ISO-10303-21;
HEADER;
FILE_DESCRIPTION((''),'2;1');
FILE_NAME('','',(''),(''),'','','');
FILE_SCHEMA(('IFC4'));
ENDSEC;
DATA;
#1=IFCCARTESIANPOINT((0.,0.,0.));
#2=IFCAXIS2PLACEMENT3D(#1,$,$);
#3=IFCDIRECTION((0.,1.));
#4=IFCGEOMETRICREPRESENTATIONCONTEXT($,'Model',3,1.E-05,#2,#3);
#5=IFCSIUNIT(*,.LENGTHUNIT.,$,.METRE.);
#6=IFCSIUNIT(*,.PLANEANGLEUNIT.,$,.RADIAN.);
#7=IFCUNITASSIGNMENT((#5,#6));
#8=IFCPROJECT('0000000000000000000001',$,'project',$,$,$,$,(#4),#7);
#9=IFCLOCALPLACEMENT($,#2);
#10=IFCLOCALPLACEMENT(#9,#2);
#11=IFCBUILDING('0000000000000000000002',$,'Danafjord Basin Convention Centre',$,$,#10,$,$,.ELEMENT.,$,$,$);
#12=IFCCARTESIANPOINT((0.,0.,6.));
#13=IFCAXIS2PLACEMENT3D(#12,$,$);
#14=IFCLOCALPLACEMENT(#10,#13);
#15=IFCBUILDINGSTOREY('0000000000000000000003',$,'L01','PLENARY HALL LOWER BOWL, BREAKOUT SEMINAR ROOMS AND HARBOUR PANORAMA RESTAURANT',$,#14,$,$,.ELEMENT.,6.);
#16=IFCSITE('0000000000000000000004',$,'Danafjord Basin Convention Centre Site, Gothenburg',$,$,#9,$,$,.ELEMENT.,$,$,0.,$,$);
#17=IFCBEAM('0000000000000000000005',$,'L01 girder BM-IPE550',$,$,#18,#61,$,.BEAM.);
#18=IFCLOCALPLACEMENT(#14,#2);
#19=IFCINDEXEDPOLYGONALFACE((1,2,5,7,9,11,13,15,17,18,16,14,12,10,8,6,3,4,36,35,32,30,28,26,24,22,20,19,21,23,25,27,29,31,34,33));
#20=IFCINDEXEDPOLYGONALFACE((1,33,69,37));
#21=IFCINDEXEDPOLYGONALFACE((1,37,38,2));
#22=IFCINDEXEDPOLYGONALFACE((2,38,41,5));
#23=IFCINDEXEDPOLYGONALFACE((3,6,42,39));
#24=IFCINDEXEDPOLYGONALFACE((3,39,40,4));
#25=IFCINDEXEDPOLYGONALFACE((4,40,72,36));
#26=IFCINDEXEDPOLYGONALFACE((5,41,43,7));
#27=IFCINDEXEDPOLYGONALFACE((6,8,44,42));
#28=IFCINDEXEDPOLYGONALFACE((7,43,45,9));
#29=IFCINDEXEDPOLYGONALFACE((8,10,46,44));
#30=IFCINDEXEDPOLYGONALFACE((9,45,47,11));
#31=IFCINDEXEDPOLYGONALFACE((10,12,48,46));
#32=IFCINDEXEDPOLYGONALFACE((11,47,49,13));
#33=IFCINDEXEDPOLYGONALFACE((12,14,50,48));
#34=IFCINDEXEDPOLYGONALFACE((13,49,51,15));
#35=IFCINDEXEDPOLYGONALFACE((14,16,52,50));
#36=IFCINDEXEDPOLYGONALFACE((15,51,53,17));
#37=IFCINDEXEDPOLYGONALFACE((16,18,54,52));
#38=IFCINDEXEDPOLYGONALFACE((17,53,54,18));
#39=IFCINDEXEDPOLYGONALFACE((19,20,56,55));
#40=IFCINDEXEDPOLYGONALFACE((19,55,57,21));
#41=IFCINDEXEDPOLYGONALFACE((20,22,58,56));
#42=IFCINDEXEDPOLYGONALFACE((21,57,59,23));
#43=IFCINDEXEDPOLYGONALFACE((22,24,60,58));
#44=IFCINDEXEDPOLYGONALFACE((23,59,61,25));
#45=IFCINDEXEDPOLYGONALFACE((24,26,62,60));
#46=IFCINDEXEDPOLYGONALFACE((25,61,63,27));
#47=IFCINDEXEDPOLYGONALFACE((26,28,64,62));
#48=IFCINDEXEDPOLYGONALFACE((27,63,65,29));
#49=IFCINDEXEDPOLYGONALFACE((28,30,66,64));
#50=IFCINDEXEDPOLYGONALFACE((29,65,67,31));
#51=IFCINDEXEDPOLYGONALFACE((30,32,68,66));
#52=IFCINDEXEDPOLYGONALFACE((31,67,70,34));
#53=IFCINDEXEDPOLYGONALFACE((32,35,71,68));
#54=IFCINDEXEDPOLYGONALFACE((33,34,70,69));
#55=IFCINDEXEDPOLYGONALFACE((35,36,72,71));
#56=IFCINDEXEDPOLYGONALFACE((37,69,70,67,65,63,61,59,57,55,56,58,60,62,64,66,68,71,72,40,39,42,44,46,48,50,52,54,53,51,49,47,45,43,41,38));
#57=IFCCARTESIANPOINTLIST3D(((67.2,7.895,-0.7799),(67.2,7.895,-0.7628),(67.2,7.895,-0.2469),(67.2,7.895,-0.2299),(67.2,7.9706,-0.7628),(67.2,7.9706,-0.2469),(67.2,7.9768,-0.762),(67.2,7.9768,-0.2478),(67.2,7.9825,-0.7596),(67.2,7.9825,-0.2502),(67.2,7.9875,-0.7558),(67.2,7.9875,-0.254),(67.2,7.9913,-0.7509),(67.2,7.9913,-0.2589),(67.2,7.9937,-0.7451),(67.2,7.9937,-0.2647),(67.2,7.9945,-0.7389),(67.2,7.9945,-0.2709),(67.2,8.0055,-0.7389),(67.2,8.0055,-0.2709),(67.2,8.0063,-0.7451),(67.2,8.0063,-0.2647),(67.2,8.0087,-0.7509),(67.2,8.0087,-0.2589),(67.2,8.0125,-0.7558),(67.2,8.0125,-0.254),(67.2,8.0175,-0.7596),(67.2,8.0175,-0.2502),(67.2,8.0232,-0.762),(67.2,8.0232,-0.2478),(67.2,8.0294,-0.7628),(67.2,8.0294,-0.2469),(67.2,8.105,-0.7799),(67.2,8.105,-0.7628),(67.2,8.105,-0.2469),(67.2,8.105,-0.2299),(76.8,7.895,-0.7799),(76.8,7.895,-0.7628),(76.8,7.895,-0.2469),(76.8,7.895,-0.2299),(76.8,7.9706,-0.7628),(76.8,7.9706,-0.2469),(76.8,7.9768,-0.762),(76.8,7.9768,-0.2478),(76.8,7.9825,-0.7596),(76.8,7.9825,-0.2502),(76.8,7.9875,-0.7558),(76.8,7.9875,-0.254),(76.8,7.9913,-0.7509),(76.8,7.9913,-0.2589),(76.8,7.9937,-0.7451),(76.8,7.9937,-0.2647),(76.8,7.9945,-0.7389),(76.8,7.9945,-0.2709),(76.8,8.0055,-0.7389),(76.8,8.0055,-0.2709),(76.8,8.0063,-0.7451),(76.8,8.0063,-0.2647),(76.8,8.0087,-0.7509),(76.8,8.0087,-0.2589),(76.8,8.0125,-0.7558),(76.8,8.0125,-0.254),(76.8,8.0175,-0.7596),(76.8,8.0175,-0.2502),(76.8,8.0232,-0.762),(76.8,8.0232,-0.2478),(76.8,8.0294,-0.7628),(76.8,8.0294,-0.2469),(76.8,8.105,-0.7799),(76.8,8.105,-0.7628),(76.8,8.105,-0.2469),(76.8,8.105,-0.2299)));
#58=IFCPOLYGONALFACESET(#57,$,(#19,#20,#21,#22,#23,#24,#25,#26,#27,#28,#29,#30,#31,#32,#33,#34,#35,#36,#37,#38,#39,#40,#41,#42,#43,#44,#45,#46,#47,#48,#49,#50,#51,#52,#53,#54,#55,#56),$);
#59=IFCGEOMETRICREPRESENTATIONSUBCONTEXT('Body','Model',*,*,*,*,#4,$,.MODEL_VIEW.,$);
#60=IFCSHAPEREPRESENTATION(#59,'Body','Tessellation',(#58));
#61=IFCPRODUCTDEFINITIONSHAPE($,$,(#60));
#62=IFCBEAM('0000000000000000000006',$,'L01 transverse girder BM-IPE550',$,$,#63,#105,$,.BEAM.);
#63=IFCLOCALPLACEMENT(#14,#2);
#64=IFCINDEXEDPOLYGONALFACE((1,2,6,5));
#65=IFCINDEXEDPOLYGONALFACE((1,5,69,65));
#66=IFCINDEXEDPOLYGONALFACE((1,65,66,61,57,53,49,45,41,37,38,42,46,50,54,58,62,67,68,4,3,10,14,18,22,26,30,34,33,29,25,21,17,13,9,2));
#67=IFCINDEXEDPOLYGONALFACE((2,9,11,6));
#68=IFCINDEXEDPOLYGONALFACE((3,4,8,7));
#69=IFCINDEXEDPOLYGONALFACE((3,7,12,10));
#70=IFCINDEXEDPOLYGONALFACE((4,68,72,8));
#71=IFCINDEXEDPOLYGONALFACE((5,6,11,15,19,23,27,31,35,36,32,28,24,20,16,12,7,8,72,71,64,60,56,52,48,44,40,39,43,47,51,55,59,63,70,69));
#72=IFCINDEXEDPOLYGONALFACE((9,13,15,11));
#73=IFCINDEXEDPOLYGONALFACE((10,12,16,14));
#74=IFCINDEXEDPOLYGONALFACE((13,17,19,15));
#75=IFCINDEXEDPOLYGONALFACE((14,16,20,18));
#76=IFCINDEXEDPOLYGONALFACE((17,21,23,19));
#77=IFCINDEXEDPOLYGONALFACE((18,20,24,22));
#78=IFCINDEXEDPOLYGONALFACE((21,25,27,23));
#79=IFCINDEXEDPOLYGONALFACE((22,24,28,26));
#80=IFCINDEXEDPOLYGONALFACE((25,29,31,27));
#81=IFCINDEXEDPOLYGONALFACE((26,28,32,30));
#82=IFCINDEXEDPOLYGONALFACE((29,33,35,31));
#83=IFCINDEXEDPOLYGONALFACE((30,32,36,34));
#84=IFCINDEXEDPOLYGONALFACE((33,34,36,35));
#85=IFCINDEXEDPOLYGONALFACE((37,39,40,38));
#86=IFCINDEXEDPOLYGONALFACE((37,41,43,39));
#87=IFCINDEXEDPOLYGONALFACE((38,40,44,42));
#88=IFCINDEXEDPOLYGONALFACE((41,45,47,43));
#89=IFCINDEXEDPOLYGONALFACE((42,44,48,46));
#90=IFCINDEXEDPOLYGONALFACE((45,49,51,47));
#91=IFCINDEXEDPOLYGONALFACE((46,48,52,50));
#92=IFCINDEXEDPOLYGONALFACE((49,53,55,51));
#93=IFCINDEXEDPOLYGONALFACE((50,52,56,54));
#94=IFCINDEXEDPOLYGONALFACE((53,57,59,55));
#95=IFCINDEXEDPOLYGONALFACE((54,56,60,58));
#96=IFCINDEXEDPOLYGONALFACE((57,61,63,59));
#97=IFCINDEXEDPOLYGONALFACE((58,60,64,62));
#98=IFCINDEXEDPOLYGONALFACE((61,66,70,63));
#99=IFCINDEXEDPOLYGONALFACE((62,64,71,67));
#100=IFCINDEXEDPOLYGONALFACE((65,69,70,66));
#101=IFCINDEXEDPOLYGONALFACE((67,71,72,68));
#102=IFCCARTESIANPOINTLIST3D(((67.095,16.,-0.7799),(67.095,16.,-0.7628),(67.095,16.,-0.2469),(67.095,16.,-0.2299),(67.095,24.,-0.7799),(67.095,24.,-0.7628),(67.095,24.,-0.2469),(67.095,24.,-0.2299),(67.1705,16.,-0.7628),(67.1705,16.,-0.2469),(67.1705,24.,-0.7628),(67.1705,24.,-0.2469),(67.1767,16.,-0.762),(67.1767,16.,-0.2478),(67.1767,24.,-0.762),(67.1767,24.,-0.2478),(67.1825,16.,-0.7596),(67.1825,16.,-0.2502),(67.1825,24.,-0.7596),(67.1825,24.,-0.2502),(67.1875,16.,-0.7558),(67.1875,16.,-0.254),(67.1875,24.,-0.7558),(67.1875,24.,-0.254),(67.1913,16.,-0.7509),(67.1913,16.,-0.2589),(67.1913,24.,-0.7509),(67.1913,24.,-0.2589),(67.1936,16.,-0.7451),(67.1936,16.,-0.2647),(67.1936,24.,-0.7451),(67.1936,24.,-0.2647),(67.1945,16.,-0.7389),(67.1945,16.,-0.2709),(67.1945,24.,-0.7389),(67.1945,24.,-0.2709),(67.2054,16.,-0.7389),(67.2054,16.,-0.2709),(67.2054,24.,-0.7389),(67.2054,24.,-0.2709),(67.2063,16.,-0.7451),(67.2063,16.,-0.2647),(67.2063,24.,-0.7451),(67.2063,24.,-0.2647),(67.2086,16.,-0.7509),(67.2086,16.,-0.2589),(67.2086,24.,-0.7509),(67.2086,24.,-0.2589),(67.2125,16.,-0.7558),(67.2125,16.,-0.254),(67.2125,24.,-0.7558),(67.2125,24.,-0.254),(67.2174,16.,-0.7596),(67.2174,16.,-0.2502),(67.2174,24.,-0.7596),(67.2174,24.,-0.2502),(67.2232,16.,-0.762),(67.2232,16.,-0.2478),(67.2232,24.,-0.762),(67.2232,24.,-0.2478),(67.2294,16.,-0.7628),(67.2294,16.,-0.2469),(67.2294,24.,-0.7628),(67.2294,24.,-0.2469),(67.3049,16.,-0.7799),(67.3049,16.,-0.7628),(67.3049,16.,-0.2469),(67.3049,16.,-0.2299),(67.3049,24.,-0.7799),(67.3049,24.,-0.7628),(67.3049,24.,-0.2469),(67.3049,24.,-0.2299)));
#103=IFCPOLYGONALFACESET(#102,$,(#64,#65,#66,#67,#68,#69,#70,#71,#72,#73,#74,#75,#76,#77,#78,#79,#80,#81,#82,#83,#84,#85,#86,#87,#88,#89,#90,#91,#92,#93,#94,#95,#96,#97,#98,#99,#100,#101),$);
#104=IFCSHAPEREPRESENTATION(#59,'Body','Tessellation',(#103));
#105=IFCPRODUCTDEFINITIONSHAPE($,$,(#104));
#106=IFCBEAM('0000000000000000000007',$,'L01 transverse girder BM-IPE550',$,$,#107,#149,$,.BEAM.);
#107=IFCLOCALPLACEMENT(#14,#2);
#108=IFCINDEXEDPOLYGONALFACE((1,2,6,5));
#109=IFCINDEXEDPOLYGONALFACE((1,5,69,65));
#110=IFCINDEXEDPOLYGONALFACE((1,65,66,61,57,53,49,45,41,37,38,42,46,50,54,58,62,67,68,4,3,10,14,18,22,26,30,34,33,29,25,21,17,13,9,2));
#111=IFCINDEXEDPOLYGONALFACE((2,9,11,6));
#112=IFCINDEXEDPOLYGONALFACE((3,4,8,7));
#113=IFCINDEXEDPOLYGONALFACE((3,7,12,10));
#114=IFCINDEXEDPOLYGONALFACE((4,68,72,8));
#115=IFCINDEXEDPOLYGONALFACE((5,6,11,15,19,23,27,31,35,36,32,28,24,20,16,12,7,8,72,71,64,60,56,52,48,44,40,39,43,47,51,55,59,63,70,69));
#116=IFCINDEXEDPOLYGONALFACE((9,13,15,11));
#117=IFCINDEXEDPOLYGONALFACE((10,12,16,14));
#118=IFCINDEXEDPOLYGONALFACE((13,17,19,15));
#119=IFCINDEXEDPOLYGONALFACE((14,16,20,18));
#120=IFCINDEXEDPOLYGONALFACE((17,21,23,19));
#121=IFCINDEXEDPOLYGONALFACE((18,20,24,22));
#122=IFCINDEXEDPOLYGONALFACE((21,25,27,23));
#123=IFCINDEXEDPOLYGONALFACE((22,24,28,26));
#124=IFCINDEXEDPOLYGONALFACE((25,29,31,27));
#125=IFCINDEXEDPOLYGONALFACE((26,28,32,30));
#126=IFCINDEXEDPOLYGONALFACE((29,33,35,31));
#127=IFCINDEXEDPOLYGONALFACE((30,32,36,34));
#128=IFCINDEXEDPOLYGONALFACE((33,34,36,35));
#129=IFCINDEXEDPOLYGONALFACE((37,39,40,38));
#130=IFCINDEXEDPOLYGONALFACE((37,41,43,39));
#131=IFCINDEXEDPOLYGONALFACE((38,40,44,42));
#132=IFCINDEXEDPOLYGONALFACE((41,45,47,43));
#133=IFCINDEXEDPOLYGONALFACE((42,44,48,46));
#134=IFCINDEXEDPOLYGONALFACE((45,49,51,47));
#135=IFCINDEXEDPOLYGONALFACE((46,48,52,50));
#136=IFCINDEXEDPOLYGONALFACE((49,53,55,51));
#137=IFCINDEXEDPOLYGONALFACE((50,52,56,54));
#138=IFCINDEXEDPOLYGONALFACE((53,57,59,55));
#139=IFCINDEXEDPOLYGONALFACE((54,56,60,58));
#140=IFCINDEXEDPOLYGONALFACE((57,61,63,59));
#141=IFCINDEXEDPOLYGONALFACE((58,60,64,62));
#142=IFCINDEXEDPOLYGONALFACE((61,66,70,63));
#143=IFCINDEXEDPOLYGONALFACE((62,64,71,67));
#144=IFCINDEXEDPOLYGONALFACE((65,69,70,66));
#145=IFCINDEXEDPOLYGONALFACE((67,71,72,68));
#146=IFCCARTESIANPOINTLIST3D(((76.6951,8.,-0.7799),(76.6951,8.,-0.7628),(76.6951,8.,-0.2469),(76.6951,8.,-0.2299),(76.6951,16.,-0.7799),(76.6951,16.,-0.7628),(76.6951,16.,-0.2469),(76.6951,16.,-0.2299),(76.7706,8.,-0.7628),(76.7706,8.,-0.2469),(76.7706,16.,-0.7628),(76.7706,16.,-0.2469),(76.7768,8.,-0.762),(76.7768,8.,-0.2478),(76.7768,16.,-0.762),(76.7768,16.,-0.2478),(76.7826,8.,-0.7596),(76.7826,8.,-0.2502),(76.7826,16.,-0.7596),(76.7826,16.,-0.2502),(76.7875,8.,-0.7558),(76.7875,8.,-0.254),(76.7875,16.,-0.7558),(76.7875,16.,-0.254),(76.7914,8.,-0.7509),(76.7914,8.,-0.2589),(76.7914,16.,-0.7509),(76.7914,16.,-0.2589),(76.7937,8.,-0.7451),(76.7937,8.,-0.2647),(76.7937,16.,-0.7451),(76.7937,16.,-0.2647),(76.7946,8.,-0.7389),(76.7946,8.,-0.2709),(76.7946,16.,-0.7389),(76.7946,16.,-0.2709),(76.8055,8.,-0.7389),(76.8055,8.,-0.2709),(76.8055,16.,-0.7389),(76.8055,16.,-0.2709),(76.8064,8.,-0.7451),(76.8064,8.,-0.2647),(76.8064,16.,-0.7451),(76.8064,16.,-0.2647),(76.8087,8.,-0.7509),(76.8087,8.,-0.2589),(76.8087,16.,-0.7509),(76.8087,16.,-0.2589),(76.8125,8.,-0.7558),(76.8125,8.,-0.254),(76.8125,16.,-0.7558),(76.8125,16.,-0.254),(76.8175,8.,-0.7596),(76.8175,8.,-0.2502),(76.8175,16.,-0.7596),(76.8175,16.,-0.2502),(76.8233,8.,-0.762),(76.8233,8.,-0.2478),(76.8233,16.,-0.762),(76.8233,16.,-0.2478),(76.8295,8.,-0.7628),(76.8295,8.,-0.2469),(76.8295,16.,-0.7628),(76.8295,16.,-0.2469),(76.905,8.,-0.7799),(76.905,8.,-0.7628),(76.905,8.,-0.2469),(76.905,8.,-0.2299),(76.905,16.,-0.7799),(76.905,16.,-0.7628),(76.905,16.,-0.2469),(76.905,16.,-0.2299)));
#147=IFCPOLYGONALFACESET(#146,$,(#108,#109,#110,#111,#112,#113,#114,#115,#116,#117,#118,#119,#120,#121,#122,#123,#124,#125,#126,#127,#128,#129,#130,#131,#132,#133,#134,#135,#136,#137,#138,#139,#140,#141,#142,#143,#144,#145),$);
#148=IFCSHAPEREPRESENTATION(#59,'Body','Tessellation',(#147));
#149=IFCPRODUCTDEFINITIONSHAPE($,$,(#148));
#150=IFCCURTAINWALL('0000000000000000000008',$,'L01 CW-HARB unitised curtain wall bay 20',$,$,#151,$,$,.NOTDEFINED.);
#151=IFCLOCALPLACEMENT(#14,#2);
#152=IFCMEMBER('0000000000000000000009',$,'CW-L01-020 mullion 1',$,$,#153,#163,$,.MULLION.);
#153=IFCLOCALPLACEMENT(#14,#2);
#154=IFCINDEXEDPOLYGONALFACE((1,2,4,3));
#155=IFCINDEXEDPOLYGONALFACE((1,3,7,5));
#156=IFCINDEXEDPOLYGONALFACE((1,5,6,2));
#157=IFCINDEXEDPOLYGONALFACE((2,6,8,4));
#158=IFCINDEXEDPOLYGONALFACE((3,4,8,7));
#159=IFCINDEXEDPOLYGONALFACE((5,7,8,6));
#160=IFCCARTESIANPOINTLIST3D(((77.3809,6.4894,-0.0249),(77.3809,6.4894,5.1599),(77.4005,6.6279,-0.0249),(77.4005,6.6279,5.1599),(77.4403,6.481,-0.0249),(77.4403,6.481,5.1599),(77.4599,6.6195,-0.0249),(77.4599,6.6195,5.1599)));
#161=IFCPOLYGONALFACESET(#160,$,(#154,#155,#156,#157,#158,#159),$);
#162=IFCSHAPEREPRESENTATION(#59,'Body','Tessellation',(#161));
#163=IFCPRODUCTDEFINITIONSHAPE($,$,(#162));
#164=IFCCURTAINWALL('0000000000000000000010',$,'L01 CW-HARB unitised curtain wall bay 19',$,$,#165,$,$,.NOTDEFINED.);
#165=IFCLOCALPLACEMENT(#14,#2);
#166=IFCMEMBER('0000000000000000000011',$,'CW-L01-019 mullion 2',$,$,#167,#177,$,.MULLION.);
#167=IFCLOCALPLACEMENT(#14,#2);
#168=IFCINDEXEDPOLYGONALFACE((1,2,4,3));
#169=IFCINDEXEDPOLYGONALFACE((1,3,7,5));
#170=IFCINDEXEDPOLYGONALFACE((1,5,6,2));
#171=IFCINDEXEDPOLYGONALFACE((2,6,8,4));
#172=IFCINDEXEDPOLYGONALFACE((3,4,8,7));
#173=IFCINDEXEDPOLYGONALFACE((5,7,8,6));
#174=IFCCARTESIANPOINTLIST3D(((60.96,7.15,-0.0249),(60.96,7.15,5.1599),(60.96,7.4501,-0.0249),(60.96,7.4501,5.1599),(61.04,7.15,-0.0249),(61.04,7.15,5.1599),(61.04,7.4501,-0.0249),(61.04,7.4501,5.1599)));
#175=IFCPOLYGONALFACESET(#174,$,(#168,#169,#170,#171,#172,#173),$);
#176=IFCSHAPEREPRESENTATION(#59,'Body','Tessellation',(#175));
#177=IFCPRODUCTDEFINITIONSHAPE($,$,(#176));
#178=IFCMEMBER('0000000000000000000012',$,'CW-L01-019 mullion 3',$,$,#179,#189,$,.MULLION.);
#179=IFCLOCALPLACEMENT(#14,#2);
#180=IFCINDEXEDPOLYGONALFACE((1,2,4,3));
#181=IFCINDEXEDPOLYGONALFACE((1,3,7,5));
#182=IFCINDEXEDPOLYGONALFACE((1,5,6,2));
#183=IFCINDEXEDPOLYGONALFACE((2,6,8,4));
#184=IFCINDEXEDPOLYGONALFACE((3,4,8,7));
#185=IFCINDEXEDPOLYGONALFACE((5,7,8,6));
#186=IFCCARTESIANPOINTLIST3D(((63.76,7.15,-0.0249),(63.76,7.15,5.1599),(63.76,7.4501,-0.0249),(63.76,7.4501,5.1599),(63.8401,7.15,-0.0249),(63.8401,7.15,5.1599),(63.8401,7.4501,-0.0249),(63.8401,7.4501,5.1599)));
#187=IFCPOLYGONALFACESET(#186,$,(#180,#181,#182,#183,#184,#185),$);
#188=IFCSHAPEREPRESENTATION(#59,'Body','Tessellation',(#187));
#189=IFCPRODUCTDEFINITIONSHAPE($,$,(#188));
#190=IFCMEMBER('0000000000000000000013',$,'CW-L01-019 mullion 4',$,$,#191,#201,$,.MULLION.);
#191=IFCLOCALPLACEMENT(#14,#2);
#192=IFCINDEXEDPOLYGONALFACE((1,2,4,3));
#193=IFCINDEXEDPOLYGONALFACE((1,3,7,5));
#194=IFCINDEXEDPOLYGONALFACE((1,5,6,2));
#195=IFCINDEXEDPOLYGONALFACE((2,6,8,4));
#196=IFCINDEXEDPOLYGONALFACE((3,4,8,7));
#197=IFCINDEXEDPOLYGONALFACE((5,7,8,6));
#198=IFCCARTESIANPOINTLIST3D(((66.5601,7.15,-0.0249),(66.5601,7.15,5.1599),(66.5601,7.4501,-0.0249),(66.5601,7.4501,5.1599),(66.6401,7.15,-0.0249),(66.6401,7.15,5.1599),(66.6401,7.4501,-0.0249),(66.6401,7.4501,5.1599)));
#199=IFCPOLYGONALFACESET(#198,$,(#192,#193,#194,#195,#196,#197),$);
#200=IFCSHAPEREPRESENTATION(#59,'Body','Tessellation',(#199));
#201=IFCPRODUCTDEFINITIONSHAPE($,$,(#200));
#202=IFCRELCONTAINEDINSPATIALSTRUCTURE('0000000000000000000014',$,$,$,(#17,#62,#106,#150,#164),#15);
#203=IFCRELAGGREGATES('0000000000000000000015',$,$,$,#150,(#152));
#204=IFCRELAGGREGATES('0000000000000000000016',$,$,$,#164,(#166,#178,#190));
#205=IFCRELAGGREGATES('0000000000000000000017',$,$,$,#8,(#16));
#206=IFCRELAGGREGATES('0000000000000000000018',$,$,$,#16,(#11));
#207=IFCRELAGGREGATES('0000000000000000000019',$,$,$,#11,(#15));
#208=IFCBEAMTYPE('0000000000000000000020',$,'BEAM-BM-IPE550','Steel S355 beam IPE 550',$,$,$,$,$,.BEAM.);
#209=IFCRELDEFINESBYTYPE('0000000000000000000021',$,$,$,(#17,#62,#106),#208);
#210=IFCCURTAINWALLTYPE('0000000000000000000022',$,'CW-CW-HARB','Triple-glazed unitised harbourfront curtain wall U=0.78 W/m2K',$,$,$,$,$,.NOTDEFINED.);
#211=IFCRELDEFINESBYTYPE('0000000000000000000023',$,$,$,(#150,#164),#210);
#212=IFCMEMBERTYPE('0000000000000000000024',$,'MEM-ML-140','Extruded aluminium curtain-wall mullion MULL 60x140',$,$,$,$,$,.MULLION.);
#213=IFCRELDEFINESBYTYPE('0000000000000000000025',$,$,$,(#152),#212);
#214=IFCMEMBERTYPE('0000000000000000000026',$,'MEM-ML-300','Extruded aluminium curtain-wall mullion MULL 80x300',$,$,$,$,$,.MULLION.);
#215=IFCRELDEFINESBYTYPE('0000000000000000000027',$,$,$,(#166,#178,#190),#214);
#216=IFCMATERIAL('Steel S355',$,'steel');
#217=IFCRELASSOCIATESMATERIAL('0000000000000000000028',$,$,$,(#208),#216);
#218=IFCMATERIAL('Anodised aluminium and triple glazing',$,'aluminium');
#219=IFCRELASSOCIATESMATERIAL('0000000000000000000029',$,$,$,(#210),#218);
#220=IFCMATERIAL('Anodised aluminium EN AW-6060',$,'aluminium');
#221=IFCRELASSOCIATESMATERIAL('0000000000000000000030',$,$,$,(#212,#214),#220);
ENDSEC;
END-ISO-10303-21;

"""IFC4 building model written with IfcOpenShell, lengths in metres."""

from ifc_helpers import new_model, si_unit, direction, frame, origin, origin_2d, place, context, subcontext, project, spatial, rectangle, i_section, extrude, material, material_profile, profile_set, type_object, element, aggregate, save


model = new_model("IFC4")

# Units and contexts
model_context = context("Model", 3, precision=1e-05, world=origin(), true_north=direction((0.0, 1.0)))
body_context = subcontext(model_context, "Body", "Model", "MODEL_VIEW")
ifc_project = project(units=[si_unit("LENGTHUNIT", "METRE"), si_unit("PLANEANGLEUNIT", "RADIAN")], contexts=[model_context])

# Site, building, storey
site_placement = place(None, origin())
site = spatial("IfcSite", under=ifc_project, at=site_placement, Name="Danafjord Basin Convention Centre Site, Gothenburg", CompositionType="ELEMENT", RefElevation=0.0)
building_placement = place(site_placement, origin())
building = spatial("IfcBuilding", under=site, at=building_placement, Name="Danafjord Basin Convention Centre", CompositionType="ELEMENT")
storey_placement = place(building_placement, frame((0.0, 0.0, 6.0)))
storey = spatial("IfcBuildingStorey", under=building, at=storey_placement, Name="L01", Description="PLENARY HALL LOWER BOWL, BREAKOUT SEMINAR ROOMS AND HARBOUR PANORAMA RESTAURANT", CompositionType="ELEMENT", Elevation=6.0)

# Shared definitions
ifc_material_1 = material(Name="Steel S355", Category="steel")

# Beams
ifc_material_profile_1 = material_profile(ifc_material_1, i_section(OverallWidth=0.21, OverallDepth=0.55, WebThickness=0.011, FlangeThickness=0.0171, FilletRadius=0.0239, at=origin_2d()), Name="IPE 550")
ifc_profile_set_1 = profile_set([ifc_material_profile_1], Name="Steel S355")
beam_type_1 = type_object("IfcBeamType", Name="BEAM-BM-IPE550", Description="Steel S355 beam IPE 550", PredefinedType="BEAM", material=ifc_profile_set_1)
beam_1_placement = place(storey_placement, frame((67.2, 8.0, -0.5049), z_axis=(1.0, 0.0, 0.0), x_axis=(0.0, 1.0, 0.0)))
element("IfcBeam", 1, at=beam_1_placement, inside=storey, type_object=beam_type_1, Name="L01 girder BM-IPE550", PredefinedType="BEAM", context=body_context, shape_type="SweptSolid", body=[
    extrude(i_section(OverallWidth=0.21, OverallDepth=0.55, WebThickness=0.011, FlangeThickness=0.0171, FilletRadius=0.0239, at=origin_2d()), origin(), (0.0, 0.0, 1.0), 9.6001),
])
for number, where, z_axis, x_axis, name in (
    (2, (67.2, 16.0, -0.5049), (0.0, 1.0, 0.0), (-1.0, 0.0, 0.0), "L01 transverse girder BM-IPE550"),
    (3, (76.8, 8.0, -0.5049), (0.0, 1.0, 0.0), (-1.0, 0.0, 0.0), "L01 transverse girder BM-IPE550"),
):
    element("IfcBeam", number, at=place(storey_placement, frame(where, z_axis=z_axis, x_axis=x_axis)), inside=storey, type_object=beam_type_1, Name=name, PredefinedType="BEAM", context=body_context, shape_type="SweptSolid", body=[
        extrude(i_section(OverallWidth=0.21, OverallDepth=0.55, WebThickness=0.011, FlangeThickness=0.0171, FilletRadius=0.0239, at=origin_2d()), origin(), (0.0, 0.0, 1.0), 8.0),
    ])

# Curtain wall, member
ifc_material_2 = material(Name="Anodised aluminium and triple glazing", Category="aluminium")
curtain_wall_type = type_object("IfcCurtainWallType", Name="CW-CW-HARB", Description="Triple-glazed unitised harbourfront curtain wall U=0.78 W/m2K", PredefinedType="NOTDEFINED", material=ifc_material_2)
curtain_wall_1_placement = place(storey_placement, origin())
curtain_wall_1 = element("IfcCurtainWall", 4, at=curtain_wall_1_placement, inside=storey, type_object=curtain_wall_type, Name="L01 CW-HARB unitised curtain wall bay 20", PredefinedType="NOTDEFINED")
ifc_material_3 = material(Name="Anodised aluminium EN AW-6060", Category="aluminium")
ifc_material_profile_2 = material_profile(ifc_material_3, rectangle(XDim=0.0601, YDim=0.1399, at=origin_2d()), Name="MULL 60x140")
ifc_profile_set_2 = profile_set([ifc_material_profile_2], Name="Anodised aluminium EN AW-6060")
member_type_1 = type_object("IfcMemberType", Name="MEM-ML-140", Description="Extruded aluminium curtain-wall mullion MULL 60x140", PredefinedType="MULLION", material=ifc_profile_set_2)
member_1_placement = place(storey_placement, frame((77.4204, 6.5544, -0.0249), z_axis=(0.0, 0.0, 1.0), x_axis=(0.990128, -0.140165, 0.0)))
member_1 = element("IfcMember", 5, at=member_1_placement, type_object=member_type_1, Name="CW-L01-020 mullion 1", PredefinedType="MULLION", context=body_context, shape_type="SweptSolid", body=[
    extrude(rectangle(XDim=0.0601, YDim=0.1399, at=origin_2d()), origin(), (0.0, 0.0, 1.0), 5.1848),
])
aggregate(curtain_wall_1, [member_1])

# Curtain wall, members
curtain_wall_2_placement = place(storey_placement, origin())
curtain_wall_2 = element("IfcCurtainWall", 6, at=curtain_wall_2_placement, inside=storey, type_object=curtain_wall_type, Name="L01 CW-HARB unitised curtain wall bay 19", PredefinedType="NOTDEFINED")
ifc_material_profile_3 = material_profile(ifc_material_3, rectangle(XDim=0.0801, YDim=0.3, at=origin_2d()), Name="MULL 80x300")
ifc_profile_set_3 = profile_set([ifc_material_profile_3], Name="Anodised aluminium EN AW-6060")
member_type_2 = type_object("IfcMemberType", Name="MEM-ML-300", Description="Extruded aluminium curtain-wall mullion MULL 80x300", PredefinedType="MULLION", material=ifc_profile_set_3)
member_2_placement = place(storey_placement, frame((61.0, 7.3, -0.0249), z_axis=(0.0, 0.0, 1.0), x_axis=(1.0, 0.0, 0.0)))
member_2 = element("IfcMember", 7, at=member_2_placement, type_object=member_type_2, Name="CW-L01-019 mullion 2", PredefinedType="MULLION", context=body_context, shape_type="SweptSolid", body=[
    extrude(rectangle(XDim=0.0801, YDim=0.3, at=origin_2d()), origin(), (0.0, 0.0, 1.0), 5.1848),
])
member_3_placement = place(storey_placement, frame((63.8, 7.3, -0.0249), z_axis=(0.0, 0.0, 1.0), x_axis=(1.0, 0.0, 0.0)))
member_3 = element("IfcMember", 8, at=member_3_placement, type_object=member_type_2, Name="CW-L01-019 mullion 3", PredefinedType="MULLION", context=body_context, shape_type="SweptSolid", body=[
    extrude(rectangle(XDim=0.0801, YDim=0.3, at=origin_2d()), origin(), (0.0, 0.0, 1.0), 5.1848),
])
member_4_placement = place(storey_placement, frame((66.6001, 7.3, -0.0249), z_axis=(0.0, 0.0, 1.0), x_axis=(1.0, 0.0, 0.0)))
member_4 = element("IfcMember", 9, at=member_4_placement, type_object=member_type_2, Name="CW-L01-019 mullion 4", PredefinedType="MULLION", context=body_context, shape_type="SweptSolid", body=[
    extrude(rectangle(XDim=0.0801, YDim=0.3, at=origin_2d()), origin(), (0.0, 0.0, 1.0), 5.1848),
])
aggregate(curtain_wall_2, [member_2, member_3, member_4])

save(model, "model.ifc")
